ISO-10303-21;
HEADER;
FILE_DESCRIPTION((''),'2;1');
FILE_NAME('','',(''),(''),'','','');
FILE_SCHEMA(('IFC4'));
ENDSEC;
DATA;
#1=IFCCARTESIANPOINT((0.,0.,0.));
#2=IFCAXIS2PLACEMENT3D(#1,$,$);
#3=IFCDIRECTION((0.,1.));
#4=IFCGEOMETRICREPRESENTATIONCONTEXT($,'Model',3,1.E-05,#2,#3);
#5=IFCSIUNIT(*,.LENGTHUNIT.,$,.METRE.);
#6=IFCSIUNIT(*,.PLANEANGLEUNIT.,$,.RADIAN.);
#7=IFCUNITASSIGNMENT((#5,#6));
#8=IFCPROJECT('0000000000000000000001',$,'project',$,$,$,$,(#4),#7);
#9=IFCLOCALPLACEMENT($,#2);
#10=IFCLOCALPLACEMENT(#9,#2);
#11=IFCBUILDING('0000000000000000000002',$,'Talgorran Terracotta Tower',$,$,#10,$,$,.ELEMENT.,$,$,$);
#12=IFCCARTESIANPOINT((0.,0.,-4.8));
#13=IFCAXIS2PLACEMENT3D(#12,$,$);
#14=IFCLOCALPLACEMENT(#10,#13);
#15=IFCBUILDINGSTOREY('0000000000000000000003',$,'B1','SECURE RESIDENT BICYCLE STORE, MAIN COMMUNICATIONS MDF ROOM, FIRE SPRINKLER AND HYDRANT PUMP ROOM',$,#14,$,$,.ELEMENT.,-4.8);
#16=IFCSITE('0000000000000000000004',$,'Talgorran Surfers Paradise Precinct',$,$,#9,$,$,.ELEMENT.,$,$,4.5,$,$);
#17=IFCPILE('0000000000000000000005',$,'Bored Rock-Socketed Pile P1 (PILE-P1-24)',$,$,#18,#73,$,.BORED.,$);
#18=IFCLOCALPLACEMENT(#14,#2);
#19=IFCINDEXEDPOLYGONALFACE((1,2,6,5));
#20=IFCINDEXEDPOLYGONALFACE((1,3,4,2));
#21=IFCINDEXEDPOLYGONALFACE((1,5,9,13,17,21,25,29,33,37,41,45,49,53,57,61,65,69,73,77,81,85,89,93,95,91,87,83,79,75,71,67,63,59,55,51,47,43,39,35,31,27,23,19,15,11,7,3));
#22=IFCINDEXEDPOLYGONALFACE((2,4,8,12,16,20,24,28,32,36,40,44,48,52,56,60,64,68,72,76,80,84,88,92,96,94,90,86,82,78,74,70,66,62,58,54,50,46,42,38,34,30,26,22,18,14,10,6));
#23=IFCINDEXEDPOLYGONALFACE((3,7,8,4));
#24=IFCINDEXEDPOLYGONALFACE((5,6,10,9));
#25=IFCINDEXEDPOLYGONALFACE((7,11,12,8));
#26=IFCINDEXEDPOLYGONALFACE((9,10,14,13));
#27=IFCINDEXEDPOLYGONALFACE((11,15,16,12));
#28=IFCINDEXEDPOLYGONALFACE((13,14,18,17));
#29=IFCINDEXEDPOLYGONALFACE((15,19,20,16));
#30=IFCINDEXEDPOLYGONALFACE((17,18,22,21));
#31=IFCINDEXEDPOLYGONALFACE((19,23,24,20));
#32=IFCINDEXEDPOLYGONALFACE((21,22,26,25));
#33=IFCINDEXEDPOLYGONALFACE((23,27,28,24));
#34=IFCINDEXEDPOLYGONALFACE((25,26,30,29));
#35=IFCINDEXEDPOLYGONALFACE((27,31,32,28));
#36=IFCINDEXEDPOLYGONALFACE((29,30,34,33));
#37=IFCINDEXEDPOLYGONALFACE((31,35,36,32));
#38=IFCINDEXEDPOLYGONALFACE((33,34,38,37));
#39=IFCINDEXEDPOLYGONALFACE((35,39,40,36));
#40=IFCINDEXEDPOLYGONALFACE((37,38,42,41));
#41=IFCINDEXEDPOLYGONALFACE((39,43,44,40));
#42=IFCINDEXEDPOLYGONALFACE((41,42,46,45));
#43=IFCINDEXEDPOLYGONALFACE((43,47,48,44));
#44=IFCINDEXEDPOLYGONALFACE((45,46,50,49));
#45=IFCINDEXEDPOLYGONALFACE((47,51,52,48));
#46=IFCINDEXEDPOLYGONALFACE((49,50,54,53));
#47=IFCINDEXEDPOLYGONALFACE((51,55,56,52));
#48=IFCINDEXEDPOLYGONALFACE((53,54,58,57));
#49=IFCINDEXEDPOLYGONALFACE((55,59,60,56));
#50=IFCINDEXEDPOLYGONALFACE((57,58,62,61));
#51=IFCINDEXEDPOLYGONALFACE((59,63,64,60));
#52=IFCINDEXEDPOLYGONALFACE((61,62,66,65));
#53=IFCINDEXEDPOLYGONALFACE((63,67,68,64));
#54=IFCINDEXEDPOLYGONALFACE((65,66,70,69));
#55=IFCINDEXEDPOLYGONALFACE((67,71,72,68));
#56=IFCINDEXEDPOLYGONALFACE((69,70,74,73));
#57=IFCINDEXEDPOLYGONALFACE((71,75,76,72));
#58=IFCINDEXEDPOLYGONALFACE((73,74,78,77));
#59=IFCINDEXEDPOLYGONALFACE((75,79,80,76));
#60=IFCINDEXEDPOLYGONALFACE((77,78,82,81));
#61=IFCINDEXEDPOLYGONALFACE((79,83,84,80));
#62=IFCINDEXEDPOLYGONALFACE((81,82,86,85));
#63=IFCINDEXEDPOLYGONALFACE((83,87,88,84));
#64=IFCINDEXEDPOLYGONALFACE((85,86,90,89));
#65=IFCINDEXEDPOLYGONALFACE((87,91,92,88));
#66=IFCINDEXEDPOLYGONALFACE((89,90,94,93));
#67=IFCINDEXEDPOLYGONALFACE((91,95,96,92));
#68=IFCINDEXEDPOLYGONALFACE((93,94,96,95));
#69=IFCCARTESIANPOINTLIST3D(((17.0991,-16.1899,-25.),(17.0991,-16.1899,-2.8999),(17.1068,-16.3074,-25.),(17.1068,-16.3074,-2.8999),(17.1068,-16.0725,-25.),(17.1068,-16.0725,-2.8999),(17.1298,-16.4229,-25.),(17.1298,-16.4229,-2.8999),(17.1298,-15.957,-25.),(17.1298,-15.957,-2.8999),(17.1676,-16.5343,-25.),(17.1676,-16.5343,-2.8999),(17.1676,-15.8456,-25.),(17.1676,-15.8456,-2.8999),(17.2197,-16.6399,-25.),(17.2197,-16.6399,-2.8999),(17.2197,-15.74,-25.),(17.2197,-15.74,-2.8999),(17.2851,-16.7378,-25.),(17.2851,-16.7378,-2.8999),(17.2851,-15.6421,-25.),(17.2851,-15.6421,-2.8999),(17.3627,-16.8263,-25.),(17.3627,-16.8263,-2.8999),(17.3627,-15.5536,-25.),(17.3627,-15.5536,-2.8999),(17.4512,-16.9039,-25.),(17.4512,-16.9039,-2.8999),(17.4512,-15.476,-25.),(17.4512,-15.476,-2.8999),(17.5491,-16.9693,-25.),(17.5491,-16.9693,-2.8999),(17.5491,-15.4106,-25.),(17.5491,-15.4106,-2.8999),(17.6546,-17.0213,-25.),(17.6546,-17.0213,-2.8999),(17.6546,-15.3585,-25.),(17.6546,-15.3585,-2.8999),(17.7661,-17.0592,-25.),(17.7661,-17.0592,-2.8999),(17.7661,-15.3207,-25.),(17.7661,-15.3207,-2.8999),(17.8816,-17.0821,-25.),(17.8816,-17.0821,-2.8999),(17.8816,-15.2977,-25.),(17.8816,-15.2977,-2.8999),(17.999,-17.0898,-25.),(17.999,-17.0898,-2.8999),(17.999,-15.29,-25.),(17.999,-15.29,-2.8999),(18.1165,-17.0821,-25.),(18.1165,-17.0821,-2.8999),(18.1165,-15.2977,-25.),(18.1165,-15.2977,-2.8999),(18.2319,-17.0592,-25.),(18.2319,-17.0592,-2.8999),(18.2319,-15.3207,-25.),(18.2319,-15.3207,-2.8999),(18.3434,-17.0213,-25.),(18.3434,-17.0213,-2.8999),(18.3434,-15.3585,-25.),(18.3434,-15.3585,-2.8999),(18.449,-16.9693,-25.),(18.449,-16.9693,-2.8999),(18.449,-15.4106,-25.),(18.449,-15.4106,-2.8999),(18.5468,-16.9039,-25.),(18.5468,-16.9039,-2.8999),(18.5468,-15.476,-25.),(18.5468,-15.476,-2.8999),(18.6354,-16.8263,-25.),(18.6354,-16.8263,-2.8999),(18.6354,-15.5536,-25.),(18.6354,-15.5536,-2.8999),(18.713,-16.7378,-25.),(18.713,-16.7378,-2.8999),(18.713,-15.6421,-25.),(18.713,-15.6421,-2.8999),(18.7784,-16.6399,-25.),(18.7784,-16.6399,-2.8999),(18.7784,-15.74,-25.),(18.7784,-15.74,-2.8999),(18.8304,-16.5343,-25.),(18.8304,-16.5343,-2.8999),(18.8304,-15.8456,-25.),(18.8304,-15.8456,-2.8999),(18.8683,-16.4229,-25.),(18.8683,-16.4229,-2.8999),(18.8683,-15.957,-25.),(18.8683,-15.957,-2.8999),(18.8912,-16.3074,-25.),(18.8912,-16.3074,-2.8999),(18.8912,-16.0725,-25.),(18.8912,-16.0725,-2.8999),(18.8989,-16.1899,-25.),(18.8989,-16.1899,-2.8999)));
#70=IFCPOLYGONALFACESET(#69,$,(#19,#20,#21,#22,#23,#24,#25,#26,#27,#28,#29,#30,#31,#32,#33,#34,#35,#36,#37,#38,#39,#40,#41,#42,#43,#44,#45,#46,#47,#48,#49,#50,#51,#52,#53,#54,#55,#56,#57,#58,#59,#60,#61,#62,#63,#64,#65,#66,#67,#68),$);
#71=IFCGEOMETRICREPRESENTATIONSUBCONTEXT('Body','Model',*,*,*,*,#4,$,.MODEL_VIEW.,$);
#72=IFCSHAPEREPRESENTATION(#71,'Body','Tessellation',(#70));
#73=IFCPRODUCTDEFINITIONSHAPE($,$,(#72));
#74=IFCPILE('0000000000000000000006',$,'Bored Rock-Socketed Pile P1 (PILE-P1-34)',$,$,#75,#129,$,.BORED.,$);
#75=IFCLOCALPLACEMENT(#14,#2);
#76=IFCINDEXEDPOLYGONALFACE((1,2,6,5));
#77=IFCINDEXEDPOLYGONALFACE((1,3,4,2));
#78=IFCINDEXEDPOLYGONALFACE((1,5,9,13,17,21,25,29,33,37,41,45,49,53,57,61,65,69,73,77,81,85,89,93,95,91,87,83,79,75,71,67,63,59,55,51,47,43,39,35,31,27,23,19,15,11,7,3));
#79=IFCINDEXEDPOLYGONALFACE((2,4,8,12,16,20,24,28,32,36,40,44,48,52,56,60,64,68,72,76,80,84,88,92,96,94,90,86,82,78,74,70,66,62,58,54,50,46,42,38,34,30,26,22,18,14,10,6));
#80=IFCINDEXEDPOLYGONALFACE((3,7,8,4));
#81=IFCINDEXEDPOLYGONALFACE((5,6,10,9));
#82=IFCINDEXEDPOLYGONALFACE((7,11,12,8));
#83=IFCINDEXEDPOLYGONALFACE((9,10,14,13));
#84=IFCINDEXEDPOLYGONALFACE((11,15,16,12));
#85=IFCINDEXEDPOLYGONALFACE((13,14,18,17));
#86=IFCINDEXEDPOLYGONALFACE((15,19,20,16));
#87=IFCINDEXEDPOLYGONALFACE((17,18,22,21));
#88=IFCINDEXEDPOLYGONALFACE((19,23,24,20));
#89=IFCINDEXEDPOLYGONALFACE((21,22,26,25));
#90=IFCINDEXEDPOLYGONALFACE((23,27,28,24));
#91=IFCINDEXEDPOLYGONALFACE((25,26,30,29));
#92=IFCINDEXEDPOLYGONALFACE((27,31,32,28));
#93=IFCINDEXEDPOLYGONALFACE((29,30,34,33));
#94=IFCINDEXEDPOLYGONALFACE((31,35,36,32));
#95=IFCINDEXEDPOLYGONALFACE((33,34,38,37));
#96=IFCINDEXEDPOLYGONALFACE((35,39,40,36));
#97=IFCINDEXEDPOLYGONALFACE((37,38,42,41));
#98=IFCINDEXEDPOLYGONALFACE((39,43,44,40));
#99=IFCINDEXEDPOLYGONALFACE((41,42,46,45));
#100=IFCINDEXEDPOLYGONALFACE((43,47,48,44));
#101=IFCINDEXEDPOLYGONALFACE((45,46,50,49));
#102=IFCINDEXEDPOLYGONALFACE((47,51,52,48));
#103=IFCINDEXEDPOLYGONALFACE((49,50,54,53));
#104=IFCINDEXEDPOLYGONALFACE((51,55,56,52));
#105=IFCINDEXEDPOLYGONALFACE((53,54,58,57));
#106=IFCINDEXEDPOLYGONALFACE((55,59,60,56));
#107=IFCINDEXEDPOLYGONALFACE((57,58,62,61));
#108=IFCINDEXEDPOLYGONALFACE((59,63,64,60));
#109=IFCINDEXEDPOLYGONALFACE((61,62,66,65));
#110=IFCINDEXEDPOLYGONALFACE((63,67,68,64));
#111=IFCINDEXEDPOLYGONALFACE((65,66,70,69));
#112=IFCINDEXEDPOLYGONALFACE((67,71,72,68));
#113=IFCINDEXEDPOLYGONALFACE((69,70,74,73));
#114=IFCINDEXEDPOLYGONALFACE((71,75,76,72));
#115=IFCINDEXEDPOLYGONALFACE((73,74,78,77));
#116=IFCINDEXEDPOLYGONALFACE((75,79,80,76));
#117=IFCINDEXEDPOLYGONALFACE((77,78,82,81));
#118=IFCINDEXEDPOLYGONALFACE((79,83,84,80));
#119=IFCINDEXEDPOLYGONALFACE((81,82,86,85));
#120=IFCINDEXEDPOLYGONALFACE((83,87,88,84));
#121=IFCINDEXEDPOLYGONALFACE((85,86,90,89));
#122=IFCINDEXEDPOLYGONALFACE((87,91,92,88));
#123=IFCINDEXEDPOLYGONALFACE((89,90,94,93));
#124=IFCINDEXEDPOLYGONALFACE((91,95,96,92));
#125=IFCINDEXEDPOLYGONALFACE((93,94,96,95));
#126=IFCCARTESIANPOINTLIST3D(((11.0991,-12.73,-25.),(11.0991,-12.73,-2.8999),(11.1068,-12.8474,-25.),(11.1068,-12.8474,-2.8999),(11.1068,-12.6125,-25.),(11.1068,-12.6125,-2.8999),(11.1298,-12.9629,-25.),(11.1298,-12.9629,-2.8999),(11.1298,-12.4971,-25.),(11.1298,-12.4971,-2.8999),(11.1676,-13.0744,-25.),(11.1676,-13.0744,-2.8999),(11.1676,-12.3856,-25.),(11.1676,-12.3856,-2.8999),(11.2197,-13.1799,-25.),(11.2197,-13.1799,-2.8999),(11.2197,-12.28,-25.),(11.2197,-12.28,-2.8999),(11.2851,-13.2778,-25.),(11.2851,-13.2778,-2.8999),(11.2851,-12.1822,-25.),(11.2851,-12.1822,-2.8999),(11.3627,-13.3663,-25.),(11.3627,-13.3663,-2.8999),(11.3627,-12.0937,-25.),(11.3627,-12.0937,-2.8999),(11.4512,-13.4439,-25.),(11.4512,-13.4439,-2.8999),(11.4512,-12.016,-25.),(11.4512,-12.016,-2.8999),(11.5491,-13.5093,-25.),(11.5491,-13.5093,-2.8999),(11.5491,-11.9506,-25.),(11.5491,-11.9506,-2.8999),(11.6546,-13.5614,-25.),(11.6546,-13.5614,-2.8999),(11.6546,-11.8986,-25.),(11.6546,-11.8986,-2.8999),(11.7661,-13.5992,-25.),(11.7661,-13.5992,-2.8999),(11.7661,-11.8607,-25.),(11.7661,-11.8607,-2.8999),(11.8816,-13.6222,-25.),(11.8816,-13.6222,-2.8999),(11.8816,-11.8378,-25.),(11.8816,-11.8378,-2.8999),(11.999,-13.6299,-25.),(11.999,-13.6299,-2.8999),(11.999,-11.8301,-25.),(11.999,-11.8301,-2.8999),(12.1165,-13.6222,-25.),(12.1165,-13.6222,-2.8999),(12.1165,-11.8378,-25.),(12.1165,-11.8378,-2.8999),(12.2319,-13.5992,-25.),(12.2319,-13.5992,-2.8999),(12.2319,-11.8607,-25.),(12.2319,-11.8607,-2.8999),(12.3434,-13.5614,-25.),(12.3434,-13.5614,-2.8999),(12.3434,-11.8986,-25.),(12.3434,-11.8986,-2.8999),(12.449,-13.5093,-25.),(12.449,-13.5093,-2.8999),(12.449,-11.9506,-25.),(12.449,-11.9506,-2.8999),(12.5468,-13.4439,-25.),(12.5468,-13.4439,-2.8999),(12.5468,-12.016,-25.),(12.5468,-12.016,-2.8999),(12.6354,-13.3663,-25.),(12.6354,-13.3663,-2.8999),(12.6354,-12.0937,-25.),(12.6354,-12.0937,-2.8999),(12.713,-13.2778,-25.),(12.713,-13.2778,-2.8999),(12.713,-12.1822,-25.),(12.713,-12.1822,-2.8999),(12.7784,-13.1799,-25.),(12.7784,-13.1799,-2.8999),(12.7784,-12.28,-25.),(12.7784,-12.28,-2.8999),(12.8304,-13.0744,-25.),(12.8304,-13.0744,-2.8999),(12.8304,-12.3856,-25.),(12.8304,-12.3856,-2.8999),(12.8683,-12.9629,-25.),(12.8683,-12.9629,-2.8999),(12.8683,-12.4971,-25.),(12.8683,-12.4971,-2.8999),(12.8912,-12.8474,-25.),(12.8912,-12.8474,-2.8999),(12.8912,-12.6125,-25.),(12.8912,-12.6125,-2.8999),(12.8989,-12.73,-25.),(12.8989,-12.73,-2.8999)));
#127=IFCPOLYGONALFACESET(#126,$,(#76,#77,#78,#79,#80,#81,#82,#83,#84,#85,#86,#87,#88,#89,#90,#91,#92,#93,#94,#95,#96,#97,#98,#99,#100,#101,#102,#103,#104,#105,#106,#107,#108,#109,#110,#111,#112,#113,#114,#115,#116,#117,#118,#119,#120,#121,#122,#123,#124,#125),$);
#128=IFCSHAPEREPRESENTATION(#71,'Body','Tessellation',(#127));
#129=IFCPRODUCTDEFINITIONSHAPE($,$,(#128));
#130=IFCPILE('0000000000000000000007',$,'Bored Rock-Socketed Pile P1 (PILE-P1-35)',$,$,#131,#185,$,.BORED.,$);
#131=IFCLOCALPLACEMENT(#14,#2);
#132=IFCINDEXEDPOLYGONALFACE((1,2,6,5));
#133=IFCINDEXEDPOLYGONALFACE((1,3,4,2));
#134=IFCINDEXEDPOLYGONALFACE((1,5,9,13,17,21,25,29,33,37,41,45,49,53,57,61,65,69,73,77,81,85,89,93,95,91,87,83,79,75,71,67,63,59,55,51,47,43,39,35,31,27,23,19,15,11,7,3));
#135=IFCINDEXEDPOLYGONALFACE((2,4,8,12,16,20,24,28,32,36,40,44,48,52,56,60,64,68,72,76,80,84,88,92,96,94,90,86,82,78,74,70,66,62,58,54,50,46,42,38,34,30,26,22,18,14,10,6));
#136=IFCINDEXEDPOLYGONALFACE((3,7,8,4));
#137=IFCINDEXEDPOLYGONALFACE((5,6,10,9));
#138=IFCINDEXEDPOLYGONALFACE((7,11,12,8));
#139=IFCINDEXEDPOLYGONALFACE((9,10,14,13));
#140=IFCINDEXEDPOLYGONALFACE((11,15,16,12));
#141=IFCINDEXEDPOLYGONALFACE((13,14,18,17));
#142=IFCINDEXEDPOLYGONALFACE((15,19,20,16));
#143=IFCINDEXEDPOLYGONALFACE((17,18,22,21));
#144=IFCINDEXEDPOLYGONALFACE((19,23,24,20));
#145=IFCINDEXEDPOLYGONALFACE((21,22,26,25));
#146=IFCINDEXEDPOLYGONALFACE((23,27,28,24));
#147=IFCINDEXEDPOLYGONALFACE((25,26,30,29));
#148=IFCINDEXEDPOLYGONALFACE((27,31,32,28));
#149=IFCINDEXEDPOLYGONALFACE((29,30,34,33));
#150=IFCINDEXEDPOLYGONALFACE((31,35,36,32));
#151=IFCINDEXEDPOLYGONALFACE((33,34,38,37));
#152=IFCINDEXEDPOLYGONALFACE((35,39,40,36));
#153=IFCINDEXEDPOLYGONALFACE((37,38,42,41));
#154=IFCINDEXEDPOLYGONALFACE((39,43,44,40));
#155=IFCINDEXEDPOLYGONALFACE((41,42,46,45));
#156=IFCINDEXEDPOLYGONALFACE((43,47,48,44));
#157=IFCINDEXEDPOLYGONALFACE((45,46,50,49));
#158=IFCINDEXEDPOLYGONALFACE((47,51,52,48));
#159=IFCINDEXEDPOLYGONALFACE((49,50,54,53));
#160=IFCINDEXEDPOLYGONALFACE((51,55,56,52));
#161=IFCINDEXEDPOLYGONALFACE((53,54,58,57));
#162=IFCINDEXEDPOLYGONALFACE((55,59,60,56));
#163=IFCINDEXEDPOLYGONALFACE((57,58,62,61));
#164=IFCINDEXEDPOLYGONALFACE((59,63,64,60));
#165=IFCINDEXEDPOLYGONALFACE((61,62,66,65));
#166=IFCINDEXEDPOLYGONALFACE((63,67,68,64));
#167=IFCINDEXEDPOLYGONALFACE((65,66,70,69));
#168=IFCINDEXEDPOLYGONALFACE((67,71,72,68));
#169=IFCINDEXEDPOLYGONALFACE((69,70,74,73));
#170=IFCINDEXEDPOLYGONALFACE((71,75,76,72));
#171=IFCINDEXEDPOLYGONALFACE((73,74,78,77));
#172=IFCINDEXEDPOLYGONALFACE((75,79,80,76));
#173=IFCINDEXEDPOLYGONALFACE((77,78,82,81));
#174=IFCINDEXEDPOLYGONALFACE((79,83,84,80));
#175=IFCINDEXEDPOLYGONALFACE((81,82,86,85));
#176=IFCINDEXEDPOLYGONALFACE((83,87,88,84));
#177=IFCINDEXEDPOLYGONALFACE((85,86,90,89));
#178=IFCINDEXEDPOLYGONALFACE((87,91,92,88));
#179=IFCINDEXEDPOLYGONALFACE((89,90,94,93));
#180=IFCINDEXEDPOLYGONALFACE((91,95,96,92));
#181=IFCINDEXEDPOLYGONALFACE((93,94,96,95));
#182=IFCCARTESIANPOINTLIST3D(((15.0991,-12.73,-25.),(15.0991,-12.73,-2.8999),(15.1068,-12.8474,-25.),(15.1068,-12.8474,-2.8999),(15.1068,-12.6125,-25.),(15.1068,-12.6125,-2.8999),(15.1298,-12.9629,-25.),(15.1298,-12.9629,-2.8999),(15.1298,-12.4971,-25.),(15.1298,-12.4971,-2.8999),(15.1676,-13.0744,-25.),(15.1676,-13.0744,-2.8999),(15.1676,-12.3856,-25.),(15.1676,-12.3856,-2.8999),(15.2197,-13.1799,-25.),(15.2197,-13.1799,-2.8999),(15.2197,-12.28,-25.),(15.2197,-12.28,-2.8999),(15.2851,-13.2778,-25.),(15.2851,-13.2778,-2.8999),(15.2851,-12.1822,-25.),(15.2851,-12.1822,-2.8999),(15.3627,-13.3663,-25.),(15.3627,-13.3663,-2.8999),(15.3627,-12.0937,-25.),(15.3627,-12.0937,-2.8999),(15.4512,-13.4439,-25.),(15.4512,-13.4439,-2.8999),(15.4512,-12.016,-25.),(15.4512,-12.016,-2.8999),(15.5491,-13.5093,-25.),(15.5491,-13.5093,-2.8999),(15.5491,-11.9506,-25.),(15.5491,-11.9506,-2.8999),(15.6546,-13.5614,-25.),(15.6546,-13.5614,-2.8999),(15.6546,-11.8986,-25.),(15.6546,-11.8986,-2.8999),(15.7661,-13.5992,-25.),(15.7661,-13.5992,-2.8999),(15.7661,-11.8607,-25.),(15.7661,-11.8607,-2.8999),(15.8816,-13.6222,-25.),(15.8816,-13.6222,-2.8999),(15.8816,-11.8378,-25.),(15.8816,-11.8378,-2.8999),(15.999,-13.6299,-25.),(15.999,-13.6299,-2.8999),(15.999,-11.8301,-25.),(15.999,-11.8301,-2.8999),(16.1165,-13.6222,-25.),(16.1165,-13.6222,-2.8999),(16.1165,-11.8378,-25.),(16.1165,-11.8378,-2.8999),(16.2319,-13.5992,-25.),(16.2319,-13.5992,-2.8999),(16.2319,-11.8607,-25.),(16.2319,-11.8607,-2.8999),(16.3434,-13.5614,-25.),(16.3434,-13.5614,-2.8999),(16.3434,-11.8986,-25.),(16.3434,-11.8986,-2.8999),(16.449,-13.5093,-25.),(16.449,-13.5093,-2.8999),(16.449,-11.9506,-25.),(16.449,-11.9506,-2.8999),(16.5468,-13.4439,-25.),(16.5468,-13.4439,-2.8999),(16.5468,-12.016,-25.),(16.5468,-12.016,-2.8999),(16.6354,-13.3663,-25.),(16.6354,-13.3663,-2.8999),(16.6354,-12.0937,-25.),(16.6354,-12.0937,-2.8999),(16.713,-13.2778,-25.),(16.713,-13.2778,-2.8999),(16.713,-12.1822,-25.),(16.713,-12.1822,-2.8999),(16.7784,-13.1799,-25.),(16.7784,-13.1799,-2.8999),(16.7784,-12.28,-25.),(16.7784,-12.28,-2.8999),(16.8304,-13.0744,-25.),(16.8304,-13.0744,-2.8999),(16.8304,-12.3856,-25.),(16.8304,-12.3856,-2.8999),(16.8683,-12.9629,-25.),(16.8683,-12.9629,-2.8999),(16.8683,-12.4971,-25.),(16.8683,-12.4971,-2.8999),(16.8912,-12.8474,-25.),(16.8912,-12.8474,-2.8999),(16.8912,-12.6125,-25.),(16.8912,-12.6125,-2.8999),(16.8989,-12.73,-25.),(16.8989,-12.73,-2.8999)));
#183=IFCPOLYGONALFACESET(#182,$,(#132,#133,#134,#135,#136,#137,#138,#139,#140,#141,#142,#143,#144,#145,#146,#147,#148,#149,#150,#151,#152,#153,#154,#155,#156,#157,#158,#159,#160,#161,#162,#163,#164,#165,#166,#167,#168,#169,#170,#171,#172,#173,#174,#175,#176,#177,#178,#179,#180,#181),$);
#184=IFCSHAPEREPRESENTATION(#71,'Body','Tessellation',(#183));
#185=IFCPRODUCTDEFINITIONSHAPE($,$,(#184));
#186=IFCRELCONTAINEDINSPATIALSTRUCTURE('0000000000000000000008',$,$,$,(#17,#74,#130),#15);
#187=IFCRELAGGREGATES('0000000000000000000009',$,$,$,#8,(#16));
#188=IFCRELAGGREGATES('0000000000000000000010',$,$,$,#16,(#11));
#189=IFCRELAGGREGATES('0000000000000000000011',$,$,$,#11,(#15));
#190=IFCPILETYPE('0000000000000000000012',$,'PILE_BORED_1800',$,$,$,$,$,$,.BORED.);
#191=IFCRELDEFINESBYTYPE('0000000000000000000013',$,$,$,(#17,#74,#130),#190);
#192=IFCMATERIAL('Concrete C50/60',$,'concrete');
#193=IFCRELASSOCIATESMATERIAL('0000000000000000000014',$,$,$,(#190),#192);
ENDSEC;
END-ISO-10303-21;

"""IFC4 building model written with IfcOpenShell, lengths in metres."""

from ifc_helpers import new_model, si_unit, direction, frame, origin, origin_2d, place, context, subcontext, project, spatial, circle, extrude, material, material_profile, profile_set, type_object, element, save


model = new_model("IFC4")

# Units and contexts
model_context = context("Model", 3, precision=1e-05, world=origin(), true_north=direction((0.0, 1.0)))
body_context = subcontext(model_context, "Body", "Model", "MODEL_VIEW")
ifc_project = project(units=[si_unit("LENGTHUNIT", "METRE"), si_unit("PLANEANGLEUNIT", "RADIAN")], contexts=[model_context])

# Site, building, storey
site_placement = place(None, origin())
site = spatial("IfcSite", under=ifc_project, at=site_placement, Name="Talgorran Surfers Paradise Precinct", CompositionType="ELEMENT", RefElevation=4.5)
building_placement = place(site_placement, origin())
building = spatial("IfcBuilding", under=site, at=building_placement, Name="Talgorran Terracotta Tower", CompositionType="ELEMENT")
storey_placement = place(building_placement, frame((0.0, 0.0, -4.8)))
storey = spatial("IfcBuildingStorey", under=building, at=storey_placement, Name="B1", Description="SECURE RESIDENT BICYCLE STORE, MAIN COMMUNICATIONS MDF ROOM, FIRE SPRINKLER AND HYDRANT PUMP ROOM", CompositionType="ELEMENT", Elevation=-4.8)

# Shared definitions
ifc_material_1 = material(Name="Concrete C50/60", Category="concrete")

# Piles
ifc_material_profile_1 = material_profile(ifc_material_1, circle(Radius=0.8999, at=origin_2d()), Name="PILE1800")
ifc_profile_set_1 = profile_set([ifc_material_profile_1], Name="Concrete C50/60")
pile_type = type_object("IfcPileType", Name="PILE_BORED_1800", PredefinedType="BORED", material=ifc_profile_set_1)
for number, where, z_axis, x_axis, name in (
    (1, (17.999, -16.1899, -2.8999), (0.0, 0.0, -1.0), (1.0, 0.0, 0.0), "Bored Rock-Socketed Pile P1 (PILE-P1-24)"),
    (2, (11.999, -12.73, -2.8999), (0.0, 0.0, -1.0), (1.0, 0.0, 0.0), "Bored Rock-Socketed Pile P1 (PILE-P1-34)"),
    (3, (15.999, -12.73, -2.8999), (0.0, 0.0, -1.0), (1.0, 0.0, 0.0), "Bored Rock-Socketed Pile P1 (PILE-P1-35)"),
):
    element("IfcPile", number, at=place(storey_placement, frame(where, z_axis=z_axis, x_axis=x_axis)), inside=storey, type_object=pile_type, Name=name, PredefinedType="BORED", context=body_context, shape_type="SweptSolid", body=[
        extrude(circle(Radius=0.8999, at=origin_2d()), origin(), (0.0, 0.0, 1.0), 22.1001),
    ])

save(model, "model.ifc")
